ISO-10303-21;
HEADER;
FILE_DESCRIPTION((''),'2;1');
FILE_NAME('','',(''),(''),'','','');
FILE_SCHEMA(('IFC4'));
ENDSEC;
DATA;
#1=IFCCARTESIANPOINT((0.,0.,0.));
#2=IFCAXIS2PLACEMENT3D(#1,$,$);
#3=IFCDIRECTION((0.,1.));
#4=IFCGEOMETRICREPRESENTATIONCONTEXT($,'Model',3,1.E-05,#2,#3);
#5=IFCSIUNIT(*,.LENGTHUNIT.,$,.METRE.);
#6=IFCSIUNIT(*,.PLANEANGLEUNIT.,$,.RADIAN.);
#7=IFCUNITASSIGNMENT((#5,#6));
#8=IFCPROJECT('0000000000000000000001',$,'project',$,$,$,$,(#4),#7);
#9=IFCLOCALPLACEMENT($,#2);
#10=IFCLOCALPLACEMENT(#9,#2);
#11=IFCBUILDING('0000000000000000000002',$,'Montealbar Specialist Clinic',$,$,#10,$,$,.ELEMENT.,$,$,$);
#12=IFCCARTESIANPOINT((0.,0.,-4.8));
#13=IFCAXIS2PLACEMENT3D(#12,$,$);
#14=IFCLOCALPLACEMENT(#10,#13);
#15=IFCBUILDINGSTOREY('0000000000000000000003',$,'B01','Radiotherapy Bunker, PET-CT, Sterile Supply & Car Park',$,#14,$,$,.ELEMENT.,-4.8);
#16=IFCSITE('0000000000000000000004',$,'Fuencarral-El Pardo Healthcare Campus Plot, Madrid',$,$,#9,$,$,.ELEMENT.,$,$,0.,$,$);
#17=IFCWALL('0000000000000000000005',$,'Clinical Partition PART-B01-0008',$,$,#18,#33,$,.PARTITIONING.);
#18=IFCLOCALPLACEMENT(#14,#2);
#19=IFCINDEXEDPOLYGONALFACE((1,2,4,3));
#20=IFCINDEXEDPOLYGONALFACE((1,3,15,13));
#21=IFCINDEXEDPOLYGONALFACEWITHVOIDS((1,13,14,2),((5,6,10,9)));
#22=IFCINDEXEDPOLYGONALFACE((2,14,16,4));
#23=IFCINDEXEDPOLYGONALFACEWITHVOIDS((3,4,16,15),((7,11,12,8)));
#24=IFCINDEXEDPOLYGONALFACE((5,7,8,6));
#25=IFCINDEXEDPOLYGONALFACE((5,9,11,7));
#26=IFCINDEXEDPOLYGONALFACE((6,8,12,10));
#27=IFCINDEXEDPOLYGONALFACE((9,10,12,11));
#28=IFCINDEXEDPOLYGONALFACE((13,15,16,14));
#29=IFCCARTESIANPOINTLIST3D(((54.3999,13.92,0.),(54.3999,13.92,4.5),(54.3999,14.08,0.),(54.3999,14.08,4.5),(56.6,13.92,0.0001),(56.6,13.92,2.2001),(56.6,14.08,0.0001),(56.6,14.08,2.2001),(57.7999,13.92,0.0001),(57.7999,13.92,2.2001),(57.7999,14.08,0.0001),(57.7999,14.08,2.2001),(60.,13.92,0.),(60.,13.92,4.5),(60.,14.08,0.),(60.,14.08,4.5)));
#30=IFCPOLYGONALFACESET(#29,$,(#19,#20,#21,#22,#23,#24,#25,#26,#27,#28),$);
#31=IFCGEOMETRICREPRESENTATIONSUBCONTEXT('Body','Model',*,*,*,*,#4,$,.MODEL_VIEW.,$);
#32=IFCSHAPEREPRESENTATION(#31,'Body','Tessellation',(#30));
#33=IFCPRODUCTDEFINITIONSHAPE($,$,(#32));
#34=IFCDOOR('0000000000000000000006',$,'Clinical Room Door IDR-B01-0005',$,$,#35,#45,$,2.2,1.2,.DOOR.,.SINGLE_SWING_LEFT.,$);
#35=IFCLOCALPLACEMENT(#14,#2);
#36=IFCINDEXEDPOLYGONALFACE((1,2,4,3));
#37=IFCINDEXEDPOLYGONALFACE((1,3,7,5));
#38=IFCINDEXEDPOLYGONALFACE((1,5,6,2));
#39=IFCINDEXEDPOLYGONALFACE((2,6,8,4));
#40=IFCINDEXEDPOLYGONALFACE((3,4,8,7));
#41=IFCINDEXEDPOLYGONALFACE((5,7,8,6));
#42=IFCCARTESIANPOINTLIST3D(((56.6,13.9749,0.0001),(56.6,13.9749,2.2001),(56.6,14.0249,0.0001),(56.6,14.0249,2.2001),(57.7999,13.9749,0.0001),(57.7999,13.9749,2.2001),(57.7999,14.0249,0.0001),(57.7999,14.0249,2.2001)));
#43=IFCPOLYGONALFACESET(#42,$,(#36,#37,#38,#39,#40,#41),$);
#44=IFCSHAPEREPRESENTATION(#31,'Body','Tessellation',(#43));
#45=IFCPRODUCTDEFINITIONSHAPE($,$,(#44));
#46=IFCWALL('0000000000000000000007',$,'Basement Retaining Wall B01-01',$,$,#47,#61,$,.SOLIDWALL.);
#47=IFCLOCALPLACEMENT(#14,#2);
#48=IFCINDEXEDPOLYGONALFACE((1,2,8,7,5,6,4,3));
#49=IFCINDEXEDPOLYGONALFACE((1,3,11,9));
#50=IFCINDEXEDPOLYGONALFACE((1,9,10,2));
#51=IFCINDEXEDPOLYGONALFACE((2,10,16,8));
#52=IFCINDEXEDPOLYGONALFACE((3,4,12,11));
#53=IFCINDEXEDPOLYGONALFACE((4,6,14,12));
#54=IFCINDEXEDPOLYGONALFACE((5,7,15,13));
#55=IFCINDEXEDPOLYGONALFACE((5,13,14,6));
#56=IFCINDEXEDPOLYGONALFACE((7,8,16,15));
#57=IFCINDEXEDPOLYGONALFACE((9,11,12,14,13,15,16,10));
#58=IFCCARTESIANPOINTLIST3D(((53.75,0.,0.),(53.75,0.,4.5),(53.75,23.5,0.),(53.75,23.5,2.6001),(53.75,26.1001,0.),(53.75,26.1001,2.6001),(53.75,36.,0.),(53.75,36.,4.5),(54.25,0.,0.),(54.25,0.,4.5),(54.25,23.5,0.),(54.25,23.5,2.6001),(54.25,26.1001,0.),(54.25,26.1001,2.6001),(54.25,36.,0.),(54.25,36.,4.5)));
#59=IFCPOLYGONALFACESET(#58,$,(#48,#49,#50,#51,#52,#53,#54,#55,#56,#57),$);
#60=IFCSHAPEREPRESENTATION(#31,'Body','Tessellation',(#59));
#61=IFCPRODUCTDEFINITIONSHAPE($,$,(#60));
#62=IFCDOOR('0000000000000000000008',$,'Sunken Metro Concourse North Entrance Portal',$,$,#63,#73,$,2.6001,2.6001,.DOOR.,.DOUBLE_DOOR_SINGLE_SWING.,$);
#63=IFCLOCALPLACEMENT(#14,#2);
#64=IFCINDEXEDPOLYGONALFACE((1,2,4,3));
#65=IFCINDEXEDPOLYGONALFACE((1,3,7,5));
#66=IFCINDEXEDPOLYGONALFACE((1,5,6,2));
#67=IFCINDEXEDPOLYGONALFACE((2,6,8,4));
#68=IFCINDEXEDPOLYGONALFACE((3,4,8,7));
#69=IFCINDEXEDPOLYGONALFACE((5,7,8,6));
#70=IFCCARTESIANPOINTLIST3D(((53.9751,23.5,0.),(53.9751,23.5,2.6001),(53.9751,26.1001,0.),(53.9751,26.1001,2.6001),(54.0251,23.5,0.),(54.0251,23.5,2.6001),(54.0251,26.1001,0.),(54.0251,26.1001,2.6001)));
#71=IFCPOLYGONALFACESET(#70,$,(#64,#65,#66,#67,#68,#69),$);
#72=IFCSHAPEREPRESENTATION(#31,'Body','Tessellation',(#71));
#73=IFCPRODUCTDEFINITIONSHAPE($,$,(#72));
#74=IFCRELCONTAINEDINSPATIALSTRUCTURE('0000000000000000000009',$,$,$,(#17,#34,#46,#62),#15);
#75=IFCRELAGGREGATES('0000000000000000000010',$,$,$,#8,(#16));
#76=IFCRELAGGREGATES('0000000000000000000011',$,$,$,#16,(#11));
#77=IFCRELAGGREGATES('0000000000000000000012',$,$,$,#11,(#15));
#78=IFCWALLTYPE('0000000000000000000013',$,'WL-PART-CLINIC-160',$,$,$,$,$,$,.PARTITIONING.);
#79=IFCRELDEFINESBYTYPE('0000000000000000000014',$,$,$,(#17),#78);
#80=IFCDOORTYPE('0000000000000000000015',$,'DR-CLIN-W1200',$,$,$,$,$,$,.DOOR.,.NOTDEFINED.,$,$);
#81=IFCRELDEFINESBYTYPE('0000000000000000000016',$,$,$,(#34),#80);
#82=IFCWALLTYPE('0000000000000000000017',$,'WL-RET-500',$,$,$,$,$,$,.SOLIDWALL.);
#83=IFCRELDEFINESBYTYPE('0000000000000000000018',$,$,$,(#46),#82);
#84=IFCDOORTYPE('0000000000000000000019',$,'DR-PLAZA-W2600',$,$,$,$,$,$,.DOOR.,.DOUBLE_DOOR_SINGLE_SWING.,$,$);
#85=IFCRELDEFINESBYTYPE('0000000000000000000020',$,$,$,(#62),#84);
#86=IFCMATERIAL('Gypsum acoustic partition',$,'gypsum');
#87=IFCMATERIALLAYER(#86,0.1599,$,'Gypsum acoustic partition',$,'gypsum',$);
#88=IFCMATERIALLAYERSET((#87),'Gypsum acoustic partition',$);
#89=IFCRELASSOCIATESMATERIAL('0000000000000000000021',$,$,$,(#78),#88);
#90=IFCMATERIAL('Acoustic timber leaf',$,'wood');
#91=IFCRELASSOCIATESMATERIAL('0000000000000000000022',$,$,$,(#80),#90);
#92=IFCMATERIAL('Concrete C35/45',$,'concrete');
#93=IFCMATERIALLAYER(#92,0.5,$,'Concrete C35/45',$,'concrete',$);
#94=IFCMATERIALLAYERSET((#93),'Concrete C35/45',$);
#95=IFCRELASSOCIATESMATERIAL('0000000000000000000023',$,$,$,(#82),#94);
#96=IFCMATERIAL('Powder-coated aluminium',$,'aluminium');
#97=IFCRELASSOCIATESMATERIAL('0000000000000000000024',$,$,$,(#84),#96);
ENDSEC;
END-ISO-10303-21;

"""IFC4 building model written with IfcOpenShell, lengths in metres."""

from ifc_helpers import new_model, si_unit, direction, frame, frame_2d, origin, place, context, subcontext, project, spatial, rectangle, extrude, material, layer, layer_set, type_object, element, fill, save


model = new_model("IFC4")

# Units and contexts
model_context = context("Model", 3, precision=1e-05, world=origin(), true_north=direction((0.0, 1.0)))
body_context = subcontext(model_context, "Body", "Model", "MODEL_VIEW")
ifc_project = project(units=[si_unit("LENGTHUNIT", "METRE"), si_unit("PLANEANGLEUNIT", "RADIAN")], contexts=[model_context])

# Site, building, storey
site_placement = place(None, origin())
site = spatial("IfcSite", under=ifc_project, at=site_placement, Name="Fuencarral-El Pardo Healthcare Campus Plot, Madrid", CompositionType="ELEMENT", RefElevation=0.0)
building_placement = place(site_placement, origin())
building = spatial("IfcBuilding", under=site, at=building_placement, Name="Montealbar Specialist Clinic", CompositionType="ELEMENT")
storey_placement = place(building_placement, frame((0.0, 0.0, -4.8)))
storey = spatial("IfcBuildingStorey", under=building, at=storey_placement, Name="B01", Description="Radiotherapy Bunker, PET-CT, Sterile Supply & Car Park", CompositionType="ELEMENT", Elevation=-4.8)

# Shared definitions
ifc_material_1 = material(Name="Concrete C35/45", Category="concrete")

# Walls, openings, doors
ifc_material_2 = material(Name="Gypsum acoustic partition", Category="gypsum")
ifc_layer_1 = layer(ifc_material_2, 0.1599, Name="Gypsum acoustic partition", Category="gypsum")
ifc_layer_set_1 = layer_set([ifc_layer_1], Name="Gypsum acoustic partition")
wall_type_1 = type_object("IfcWallType", Name="WL-PART-CLINIC-160", PredefinedType="PARTITIONING", material=ifc_layer_set_1)
wall_1_placement = place(storey_placement, frame((54.3999, 14.0, 0.0), z_axis=(0.0, 0.0, 1.0), x_axis=(1.0, 0.0, 0.0)))
wall_1 = element("IfcWall", 1, at=wall_1_placement, inside=storey, type_object=wall_type_1, Name="Clinical Partition PART-B01-0008", PredefinedType="PARTITIONING", context=body_context, shape_type="SweptSolid", body=[
    extrude(rectangle(XDim=5.6001, YDim=0.1599, at=frame_2d((2.8, 0.0))), origin(), (0.0, 0.0, 1.0), 4.5),
])
opening_1_placement = place(wall_1_placement, frame((2.2, 0.0, 0.0)))
opening_1 = element("IfcOpeningElement", 2, at=opening_1_placement, cuts=wall_1, PredefinedType="OPENING", context=body_context, shape_type="SweptSolid", body=[
    extrude(rectangle(XDim=1.2, YDim=2.2, at=frame_2d((0.6001, 1.1001))), frame((0.0, 0.0898, 0.0), z_axis=(0.0, -1.0, 0.0), x_axis=(1.0, 0.0, 0.0)), (0.0, 0.0, 1.0), 0.1799),
])
ifc_material_3 = material(Name="Acoustic timber leaf", Category="wood")
door_type_1 = type_object("IfcDoorType", Name="DR-CLIN-W1200", OperationType="NOTDEFINED", PredefinedType="DOOR", material=ifc_material_3)
door_1_placement = place(opening_1_placement, origin())
door_1 = element("IfcDoor", 3, at=door_1_placement, inside=storey, type_object=door_type_1, Name="Clinical Room Door IDR-B01-0005", OperationType="SINGLE_SWING_LEFT", OverallHeight=2.2, OverallWidth=1.2, PredefinedType="DOOR", context=body_context, shape_type="SweptSolid", body=[
    extrude(rectangle(XDim=1.2, YDim=2.2, at=frame_2d((0.6001, 1.1001))), frame((0.0, 0.0249, 0.0), z_axis=(0.0, -1.0, 0.0), x_axis=(1.0, 0.0, 0.0)), (0.0, 0.0, 1.0), 0.05),
])
fill(opening_1, door_1)
ifc_layer_2 = layer(ifc_material_1, 0.5, Name="Concrete C35/45", Category="concrete")
ifc_layer_set_2 = layer_set([ifc_layer_2], Name="Concrete C35/45")
wall_type_2 = type_object("IfcWallType", Name="WL-RET-500", PredefinedType="SOLIDWALL", material=ifc_layer_set_2)
wall_2_placement = place(storey_placement, frame((54.0, 0.0, 0.0), z_axis=(0.0, 0.0, 1.0), x_axis=(0.0, 1.0, 0.0)))
wall_2 = element("IfcWall", 4, at=wall_2_placement, inside=storey, type_object=wall_type_2, Name="Basement Retaining Wall B01-01", PredefinedType="SOLIDWALL", context=body_context, shape_type="SweptSolid", body=[
    extrude(rectangle(XDim=36.0, YDim=0.5, at=frame_2d((18.0, 0.0))), origin(), (0.0, 0.0, 1.0), 4.5),
])
opening_2_placement = place(wall_2_placement, frame((23.5, 0.0, 0.0)))
opening_2 = element("IfcOpeningElement", 5, at=opening_2_placement, cuts=wall_2, PredefinedType="OPENING", context=body_context, shape_type="SweptSolid", body=[
    extrude(rectangle(XDim=2.6001, YDim=2.6001, at=frame_2d((1.3, 1.3))), frame((0.0, 0.26, 0.0), z_axis=(0.0, -1.0, 0.0), x_axis=(1.0, 0.0, 0.0)), (0.0, 0.0, 1.0), 0.52),
])
ifc_material_4 = material(Name="Powder-coated aluminium", Category="aluminium")
door_type_2 = type_object("IfcDoorType", Name="DR-PLAZA-W2600", OperationType="DOUBLE_DOOR_SINGLE_SWING", PredefinedType="DOOR", material=ifc_material_4)
door_2_placement = place(opening_2_placement, origin())
door_2 = element("IfcDoor", 6, at=door_2_placement, inside=storey, type_object=door_type_2, Name="Sunken Metro Concourse North Entrance Portal", OperationType="DOUBLE_DOOR_SINGLE_SWING", OverallHeight=2.6001, OverallWidth=2.6001, PredefinedType="DOOR", context=body_context, shape_type="SweptSolid", body=[
    extrude(rectangle(XDim=2.6001, YDim=2.6001, at=frame_2d((1.3, 1.3))), frame((0.0, 0.0249, 0.0), z_axis=(0.0, -1.0, 0.0), x_axis=(1.0, 0.0, 0.0)), (0.0, 0.0, 1.0), 0.05),
])
fill(opening_2, door_2)

save(model, "model.ifc")
